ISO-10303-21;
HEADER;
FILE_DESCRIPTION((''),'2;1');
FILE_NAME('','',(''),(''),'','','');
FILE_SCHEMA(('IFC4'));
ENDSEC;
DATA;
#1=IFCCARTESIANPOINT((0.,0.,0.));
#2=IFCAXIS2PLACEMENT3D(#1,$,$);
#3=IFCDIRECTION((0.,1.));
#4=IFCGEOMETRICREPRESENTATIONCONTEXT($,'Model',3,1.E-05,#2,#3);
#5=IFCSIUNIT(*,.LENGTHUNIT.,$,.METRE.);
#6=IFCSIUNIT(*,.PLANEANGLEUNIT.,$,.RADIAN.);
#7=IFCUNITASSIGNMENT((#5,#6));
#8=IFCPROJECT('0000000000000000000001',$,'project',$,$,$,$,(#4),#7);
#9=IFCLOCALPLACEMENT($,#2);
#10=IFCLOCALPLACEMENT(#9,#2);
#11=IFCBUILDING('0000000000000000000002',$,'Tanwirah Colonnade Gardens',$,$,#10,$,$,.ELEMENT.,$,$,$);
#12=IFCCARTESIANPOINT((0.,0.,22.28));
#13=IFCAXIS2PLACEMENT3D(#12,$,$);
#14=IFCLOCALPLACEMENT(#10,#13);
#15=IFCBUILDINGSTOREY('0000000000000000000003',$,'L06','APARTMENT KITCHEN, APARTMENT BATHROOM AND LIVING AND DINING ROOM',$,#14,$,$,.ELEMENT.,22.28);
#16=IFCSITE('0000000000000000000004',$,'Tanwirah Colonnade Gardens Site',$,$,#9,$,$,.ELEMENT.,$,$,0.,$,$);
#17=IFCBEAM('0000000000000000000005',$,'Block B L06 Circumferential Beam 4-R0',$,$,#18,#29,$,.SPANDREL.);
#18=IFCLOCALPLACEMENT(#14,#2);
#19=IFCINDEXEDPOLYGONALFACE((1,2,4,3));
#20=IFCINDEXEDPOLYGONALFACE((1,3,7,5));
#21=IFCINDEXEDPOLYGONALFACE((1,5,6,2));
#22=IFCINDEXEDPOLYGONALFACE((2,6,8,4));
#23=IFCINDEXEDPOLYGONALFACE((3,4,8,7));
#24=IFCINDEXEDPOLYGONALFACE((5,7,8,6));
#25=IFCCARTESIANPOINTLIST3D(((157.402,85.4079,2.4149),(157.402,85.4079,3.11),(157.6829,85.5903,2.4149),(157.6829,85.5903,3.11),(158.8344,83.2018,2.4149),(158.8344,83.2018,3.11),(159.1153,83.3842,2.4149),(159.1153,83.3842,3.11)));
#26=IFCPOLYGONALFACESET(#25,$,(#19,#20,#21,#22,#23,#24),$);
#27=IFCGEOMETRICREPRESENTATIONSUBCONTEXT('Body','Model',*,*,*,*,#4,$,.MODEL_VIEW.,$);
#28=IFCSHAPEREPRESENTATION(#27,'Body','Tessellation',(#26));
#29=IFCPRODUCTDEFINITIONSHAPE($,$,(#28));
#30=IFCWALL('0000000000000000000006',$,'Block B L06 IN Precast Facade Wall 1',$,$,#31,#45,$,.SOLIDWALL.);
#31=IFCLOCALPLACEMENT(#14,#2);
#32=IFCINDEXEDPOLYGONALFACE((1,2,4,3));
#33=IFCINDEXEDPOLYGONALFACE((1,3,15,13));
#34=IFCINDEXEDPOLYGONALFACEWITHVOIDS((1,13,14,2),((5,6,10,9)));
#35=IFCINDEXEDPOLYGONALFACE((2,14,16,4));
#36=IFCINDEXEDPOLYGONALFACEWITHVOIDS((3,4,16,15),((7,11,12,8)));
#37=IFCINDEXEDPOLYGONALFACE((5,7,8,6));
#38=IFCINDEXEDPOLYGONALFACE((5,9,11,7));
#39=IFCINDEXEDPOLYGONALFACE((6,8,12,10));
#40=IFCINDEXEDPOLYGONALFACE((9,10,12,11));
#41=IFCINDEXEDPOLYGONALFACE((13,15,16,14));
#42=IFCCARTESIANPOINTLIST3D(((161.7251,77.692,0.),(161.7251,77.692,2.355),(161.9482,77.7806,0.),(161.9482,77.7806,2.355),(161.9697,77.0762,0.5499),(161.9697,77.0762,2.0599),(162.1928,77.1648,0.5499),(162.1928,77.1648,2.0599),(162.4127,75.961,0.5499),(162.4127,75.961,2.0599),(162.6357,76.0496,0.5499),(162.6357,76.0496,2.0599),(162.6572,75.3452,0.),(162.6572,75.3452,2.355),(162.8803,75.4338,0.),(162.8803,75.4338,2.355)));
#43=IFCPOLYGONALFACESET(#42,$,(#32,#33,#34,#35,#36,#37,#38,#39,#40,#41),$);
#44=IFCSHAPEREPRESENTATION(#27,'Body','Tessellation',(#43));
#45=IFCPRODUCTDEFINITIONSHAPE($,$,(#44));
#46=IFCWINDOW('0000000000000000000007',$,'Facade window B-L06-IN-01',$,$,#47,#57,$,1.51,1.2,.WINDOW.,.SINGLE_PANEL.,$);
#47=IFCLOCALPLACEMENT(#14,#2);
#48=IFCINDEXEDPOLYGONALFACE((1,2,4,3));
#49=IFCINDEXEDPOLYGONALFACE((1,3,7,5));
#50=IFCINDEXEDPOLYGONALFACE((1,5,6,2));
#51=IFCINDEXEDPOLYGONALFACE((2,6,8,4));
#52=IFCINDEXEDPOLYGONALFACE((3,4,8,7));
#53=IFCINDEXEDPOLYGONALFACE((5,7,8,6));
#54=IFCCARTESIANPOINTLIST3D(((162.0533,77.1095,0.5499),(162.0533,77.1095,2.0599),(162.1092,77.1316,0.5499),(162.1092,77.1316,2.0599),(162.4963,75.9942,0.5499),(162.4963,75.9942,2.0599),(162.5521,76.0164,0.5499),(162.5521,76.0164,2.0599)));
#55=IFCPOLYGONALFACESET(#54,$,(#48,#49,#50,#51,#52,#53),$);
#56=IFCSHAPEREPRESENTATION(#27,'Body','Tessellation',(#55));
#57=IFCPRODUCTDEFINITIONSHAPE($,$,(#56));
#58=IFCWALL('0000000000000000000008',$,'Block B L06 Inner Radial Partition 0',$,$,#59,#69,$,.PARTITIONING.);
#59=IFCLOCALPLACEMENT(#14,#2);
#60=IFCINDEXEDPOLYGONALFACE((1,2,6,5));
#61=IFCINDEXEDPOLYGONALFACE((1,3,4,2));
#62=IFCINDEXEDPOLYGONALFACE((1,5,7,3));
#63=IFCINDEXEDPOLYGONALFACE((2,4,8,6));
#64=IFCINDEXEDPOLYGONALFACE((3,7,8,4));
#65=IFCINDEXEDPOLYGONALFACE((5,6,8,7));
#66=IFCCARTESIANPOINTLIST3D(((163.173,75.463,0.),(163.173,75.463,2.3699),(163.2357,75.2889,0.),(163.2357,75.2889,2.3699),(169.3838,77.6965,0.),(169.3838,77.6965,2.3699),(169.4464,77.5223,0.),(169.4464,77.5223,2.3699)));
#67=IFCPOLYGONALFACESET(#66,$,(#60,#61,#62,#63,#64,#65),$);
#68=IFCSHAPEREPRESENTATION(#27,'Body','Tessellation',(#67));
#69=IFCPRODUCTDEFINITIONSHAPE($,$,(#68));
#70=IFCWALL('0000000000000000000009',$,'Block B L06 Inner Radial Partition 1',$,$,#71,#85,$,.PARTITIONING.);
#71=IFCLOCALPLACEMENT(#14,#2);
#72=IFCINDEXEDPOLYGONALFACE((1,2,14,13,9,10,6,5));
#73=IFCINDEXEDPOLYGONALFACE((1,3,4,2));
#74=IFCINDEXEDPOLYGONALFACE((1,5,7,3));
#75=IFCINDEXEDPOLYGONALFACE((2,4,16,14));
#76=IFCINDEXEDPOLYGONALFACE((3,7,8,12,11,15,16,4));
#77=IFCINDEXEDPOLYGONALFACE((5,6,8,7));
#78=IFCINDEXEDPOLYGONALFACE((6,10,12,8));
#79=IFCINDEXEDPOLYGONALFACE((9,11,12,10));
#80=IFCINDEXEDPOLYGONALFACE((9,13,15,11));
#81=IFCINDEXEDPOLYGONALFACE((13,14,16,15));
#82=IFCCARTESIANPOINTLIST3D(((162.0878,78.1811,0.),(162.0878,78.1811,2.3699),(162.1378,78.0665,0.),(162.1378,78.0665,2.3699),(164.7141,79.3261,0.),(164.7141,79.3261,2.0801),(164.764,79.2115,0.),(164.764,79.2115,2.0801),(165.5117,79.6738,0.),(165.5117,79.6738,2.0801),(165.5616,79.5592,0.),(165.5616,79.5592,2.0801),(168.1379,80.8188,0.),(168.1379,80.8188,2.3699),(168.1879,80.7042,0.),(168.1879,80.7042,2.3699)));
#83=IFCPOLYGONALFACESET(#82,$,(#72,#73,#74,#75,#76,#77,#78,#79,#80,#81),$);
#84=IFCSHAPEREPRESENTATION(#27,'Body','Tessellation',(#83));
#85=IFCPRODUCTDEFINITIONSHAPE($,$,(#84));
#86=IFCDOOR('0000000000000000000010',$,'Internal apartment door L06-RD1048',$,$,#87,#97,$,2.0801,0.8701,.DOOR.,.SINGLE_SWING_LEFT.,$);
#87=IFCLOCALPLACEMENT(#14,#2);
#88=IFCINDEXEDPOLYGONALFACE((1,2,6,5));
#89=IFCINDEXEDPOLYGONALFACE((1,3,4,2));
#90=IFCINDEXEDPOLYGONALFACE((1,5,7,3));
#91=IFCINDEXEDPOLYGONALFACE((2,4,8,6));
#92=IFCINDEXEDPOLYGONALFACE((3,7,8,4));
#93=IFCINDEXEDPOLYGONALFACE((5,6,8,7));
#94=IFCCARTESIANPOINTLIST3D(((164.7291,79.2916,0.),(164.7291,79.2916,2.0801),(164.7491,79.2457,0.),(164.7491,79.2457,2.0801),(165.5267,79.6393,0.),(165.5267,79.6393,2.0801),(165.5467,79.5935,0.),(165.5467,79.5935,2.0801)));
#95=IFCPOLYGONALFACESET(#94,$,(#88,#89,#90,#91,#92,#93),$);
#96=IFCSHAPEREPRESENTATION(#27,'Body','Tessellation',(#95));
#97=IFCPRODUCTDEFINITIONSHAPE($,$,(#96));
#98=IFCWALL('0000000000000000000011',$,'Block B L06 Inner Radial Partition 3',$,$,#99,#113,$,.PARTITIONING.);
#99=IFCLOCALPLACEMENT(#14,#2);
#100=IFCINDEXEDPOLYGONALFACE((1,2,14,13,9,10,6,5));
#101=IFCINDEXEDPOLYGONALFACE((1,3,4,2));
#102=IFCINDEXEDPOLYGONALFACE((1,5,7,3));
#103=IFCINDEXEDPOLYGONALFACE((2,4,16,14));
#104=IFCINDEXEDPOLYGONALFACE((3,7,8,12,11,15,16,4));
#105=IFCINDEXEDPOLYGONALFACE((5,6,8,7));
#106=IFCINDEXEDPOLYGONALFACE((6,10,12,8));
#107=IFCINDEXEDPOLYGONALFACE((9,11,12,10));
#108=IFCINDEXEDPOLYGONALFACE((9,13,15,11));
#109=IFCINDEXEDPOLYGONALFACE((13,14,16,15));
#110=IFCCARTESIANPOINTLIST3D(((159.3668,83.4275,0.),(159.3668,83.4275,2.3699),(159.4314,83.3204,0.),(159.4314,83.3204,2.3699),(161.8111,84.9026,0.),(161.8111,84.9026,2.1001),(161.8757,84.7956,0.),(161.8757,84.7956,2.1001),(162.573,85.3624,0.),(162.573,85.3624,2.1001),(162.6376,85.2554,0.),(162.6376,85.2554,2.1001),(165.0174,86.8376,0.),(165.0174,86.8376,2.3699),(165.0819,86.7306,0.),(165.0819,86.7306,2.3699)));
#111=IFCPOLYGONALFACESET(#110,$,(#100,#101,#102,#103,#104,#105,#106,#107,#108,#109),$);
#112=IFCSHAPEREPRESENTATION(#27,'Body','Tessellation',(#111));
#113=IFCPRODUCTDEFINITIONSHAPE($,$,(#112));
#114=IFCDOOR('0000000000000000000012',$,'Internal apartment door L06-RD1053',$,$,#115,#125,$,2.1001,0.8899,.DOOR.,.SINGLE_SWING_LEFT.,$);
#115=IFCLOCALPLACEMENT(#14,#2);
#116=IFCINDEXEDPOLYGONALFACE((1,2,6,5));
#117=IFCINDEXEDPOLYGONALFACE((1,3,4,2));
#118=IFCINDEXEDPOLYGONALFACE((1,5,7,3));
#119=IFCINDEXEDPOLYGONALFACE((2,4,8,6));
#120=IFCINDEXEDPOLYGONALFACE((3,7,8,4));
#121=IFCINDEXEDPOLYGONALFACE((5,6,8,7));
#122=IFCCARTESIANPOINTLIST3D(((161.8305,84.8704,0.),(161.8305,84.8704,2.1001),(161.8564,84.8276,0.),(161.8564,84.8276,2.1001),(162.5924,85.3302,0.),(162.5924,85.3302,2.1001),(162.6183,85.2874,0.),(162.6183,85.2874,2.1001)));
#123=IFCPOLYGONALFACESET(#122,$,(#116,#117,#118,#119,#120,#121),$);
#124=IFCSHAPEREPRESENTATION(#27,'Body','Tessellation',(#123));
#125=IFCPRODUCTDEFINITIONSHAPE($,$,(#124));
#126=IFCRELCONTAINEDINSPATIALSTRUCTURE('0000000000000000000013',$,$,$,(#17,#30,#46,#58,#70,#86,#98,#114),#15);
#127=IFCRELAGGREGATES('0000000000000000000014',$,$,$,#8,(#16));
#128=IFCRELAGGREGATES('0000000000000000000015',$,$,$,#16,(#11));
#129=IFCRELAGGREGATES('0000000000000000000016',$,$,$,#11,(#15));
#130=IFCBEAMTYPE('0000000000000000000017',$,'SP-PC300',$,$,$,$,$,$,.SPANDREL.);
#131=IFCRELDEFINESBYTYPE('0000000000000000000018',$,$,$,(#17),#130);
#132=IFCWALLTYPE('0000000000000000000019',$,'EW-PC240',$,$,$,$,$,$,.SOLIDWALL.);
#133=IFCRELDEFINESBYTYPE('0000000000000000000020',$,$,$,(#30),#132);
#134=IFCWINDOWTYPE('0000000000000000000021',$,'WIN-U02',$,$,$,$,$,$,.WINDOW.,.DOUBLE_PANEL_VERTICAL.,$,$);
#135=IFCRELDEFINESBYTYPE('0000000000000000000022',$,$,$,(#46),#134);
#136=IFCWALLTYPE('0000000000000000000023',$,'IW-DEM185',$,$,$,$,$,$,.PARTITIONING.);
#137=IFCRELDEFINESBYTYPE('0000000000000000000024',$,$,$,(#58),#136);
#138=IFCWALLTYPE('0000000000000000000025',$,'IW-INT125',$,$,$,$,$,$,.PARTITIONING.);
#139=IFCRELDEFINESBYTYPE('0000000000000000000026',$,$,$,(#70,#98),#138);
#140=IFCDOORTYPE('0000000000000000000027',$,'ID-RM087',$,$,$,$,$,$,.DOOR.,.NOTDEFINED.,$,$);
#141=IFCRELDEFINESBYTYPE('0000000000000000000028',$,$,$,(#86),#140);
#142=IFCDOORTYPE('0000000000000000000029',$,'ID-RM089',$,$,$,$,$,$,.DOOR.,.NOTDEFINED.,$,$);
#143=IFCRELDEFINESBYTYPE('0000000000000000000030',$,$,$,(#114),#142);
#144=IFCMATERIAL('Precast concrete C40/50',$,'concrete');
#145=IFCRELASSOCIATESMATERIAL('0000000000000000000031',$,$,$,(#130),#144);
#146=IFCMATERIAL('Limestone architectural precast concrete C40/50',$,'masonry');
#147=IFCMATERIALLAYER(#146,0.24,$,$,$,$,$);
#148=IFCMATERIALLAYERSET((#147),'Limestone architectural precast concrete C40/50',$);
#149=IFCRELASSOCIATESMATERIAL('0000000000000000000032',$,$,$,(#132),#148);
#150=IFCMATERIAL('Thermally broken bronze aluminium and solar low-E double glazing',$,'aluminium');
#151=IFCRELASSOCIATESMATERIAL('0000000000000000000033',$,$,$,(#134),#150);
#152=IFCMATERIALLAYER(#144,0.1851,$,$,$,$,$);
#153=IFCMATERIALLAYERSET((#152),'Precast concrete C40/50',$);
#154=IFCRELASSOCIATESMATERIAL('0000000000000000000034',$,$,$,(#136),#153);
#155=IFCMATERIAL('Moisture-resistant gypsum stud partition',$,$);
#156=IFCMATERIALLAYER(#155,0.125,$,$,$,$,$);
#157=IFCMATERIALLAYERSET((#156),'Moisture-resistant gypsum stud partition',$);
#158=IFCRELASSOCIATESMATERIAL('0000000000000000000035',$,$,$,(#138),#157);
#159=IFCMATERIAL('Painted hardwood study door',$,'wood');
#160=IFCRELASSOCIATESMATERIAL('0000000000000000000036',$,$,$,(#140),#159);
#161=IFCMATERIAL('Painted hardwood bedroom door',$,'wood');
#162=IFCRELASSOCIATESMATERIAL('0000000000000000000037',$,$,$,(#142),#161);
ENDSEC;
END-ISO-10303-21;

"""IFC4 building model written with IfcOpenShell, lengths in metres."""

from ifc_helpers import new_model, si_unit, direction, frame, frame_2d, origin, origin_2d, place, context, subcontext, project, spatial, rectangle, extrude, material, layer, layer_set, material_profile, profile_set, type_object, element, fill, save


model = new_model("IFC4")

# Units and contexts
model_context = context("Model", 3, precision=1e-05, world=origin(), true_north=direction((0.0, 1.0)))
body_context = subcontext(model_context, "Body", "Model", "MODEL_VIEW")
ifc_project = project(units=[si_unit("LENGTHUNIT", "METRE"), si_unit("PLANEANGLEUNIT", "RADIAN")], contexts=[model_context])

# Site, building, storey
site_placement = place(None, origin())
site = spatial("IfcSite", under=ifc_project, at=site_placement, Name="Tanwirah Colonnade Gardens Site", CompositionType="ELEMENT", RefElevation=0.0)
building_placement = place(site_placement, origin())
building = spatial("IfcBuilding", under=site, at=building_placement, Name="Tanwirah Colonnade Gardens", CompositionType="ELEMENT")
storey_placement = place(building_placement, frame((0.0, 0.0, 22.28)))
storey = spatial("IfcBuildingStorey", under=building, at=storey_placement, Name="L06", Description="APARTMENT KITCHEN, APARTMENT BATHROOM AND LIVING AND DINING ROOM", CompositionType="ELEMENT", Elevation=22.28)

# Shared definitions
ifc_material_1 = material(Name="Precast concrete C40/50", Category="concrete")

# Beam
ifc_material_profile_1 = material_profile(ifc_material_1, rectangle(XDim=0.335, YDim=0.6951, at=origin_2d()), Name="PC-SP 335x695")
ifc_profile_set_1 = profile_set([ifc_material_profile_1], Name="Precast concrete C40/50")
beam_type_1 = type_object("IfcBeamType", Name="SP-PC300", PredefinedType="SPANDREL", material=ifc_profile_set_1)
beam_1_placement = place(storey_placement, frame((158.9749, 83.293, 2.7625), z_axis=(-0.544571, 0.838715, 0.0), x_axis=(-0.838715, -0.544571, 0.0)))
element("IfcBeam", 1, at=beam_1_placement, inside=storey, type_object=beam_type_1, Name="Block B L06 Circumferential Beam 4-R0", PredefinedType="SPANDREL", context=body_context, shape_type="SweptSolid", body=[
    extrude(rectangle(XDim=0.335, YDim=0.6951, at=origin_2d()), origin(), (0.0, 0.0, 1.0), 2.6304),
])

# Wall, opening, window
ifc_material_2 = material(Name="Limestone architectural precast concrete C40/50", Category="masonry")
ifc_layer_1 = layer(ifc_material_2, 0.24)
ifc_layer_set_1 = layer_set([ifc_layer_1], Name="Limestone architectural precast concrete C40/50")
wall_type_1 = type_object("IfcWallType", Name="EW-PC240", PredefinedType="SOLIDWALL", material=ifc_layer_set_1)
wall_1_placement = place(storey_placement, frame((162.7688, 75.3894, 0.0), z_axis=(0.0, 0.0, 1.0), x_axis=(-0.369123, 0.929381, 0.0)))
wall_1 = element("IfcWall", 2, at=wall_1_placement, inside=storey, type_object=wall_type_1, Name="Block B L06 IN Precast Facade Wall 1", PredefinedType="SOLIDWALL", context=body_context, shape_type="SweptSolid", body=[
    extrude(rectangle(XDim=2.5251, YDim=0.24, at=frame_2d((1.2627, 0.0))), origin(), (0.0, 0.0, 1.0), 2.355),
])
opening_1_placement = place(wall_1_placement, frame((0.6626, 0.0, 0.55)))
opening_1 = element("IfcOpeningElement", 3, at=opening_1_placement, cuts=wall_1, PredefinedType="OPENING", context=body_context, shape_type="SweptSolid", body=[
    extrude(rectangle(XDim=1.2, YDim=1.51, at=frame_2d((0.6001, 0.7549))), frame((0.0, 0.1299, 0.0), z_axis=(0.0, -1.0, 0.0), x_axis=(1.0, 0.0, 0.0)), (0.0, 0.0, 1.0), 0.26),
])
ifc_material_3 = material(Name="Thermally broken bronze aluminium and solar low-E double glazing", Category="aluminium")
window_type = type_object("IfcWindowType", Name="WIN-U02", PartitioningType="DOUBLE_PANEL_VERTICAL", PredefinedType="WINDOW", material=ifc_material_3)
window_placement = place(opening_1_placement, origin())
window = element("IfcWindow", 4, at=window_placement, inside=storey, type_object=window_type, Name="Facade window B-L06-IN-01", OverallHeight=1.51, OverallWidth=1.2, PartitioningType="SINGLE_PANEL", PredefinedType="WINDOW", context=body_context, shape_type="SweptSolid", body=[
    extrude(rectangle(XDim=1.2, YDim=1.51, at=frame_2d((0.6001, 0.7549))), frame((0.0, 0.03, 0.0), z_axis=(0.0, -1.0, 0.0), x_axis=(1.0, 0.0, 0.0)), (0.0, 0.0, 1.0), 0.0601),
])
fill(opening_1, window)

# Wall
ifc_layer_2 = layer(ifc_material_1, 0.1851)
ifc_layer_set_2 = layer_set([ifc_layer_2], Name="Precast concrete C40/50")
wall_type_2 = type_object("IfcWallType", Name="IW-DEM185", PredefinedType="PARTITIONING", material=ifc_layer_set_2)
wall_2_placement = place(storey_placement, frame((163.2043, 75.376, 0.0), z_axis=(0.0, 0.0, 1.0), x_axis=(0.941006, 0.338391, 0.0)))
element("IfcWall", 5, at=wall_2_placement, inside=storey, type_object=wall_type_2, Name="Block B L06 Inner Radial Partition 0", PredefinedType="PARTITIONING", context=body_context, shape_type="SweptSolid", body=[
    extrude(rectangle(XDim=6.6001, YDim=0.1851, at=frame_2d((3.3, 0.0))), origin(), (0.0, 0.0, 1.0), 2.3699),
])

# Walls, openings, doors
ifc_material_4 = material(Name="Moisture-resistant gypsum stud partition")
ifc_layer_3 = layer(ifc_material_4, 0.125)
ifc_layer_set_3 = layer_set([ifc_layer_3], Name="Moisture-resistant gypsum stud partition")
wall_type_3 = type_object("IfcWallType", Name="IW-INT125", PredefinedType="PARTITIONING", material=ifc_layer_set_3)
wall_3_placement = place(storey_placement, frame((162.1128, 78.1238, 0.0), z_axis=(0.0, 0.0, 1.0), x_axis=(0.916669, 0.399648, 0.0)))
wall_3 = element("IfcWall", 6, at=wall_3_placement, inside=storey, type_object=wall_type_3, Name="Block B L06 Inner Radial Partition 1", PredefinedType="PARTITIONING", context=body_context, shape_type="SweptSolid", body=[
    extrude(rectangle(XDim=6.6001, YDim=0.125, at=frame_2d((3.3, 0.0))), origin(), (0.0, 0.0, 1.0), 2.3699),
])
opening_2_placement = place(wall_3_placement, frame((2.865, 0.0, 0.0)))
opening_2 = element("IfcOpeningElement", 7, at=opening_2_placement, cuts=wall_3, PredefinedType="OPENING", context=body_context, shape_type="SweptSolid", body=[
    extrude(rectangle(XDim=0.8701, YDim=2.0801, at=frame_2d((0.4351, 1.04))), frame((0.0, 0.0725, 0.0), z_axis=(0.0, -1.0, 0.0), x_axis=(1.0, 0.0, 0.0)), (0.0, 0.0, 1.0), 0.145),
])
ifc_material_5 = material(Name="Painted hardwood study door", Category="wood")
door_type_1 = type_object("IfcDoorType", Name="ID-RM087", OperationType="NOTDEFINED", PredefinedType="DOOR", material=ifc_material_5)
door_1_placement = place(opening_2_placement, origin())
door_1 = element("IfcDoor", 8, at=door_1_placement, inside=storey, type_object=door_type_1, Name="Internal apartment door L06-RD1048", OperationType="SINGLE_SWING_LEFT", OverallHeight=2.0801, OverallWidth=0.8701, PredefinedType="DOOR", context=body_context, shape_type="SweptSolid", body=[
    extrude(rectangle(XDim=0.8701, YDim=2.0801, at=frame_2d((0.4351, 1.04))), frame((0.0, 0.0249, 0.0), z_axis=(0.0, -1.0, 0.0), x_axis=(1.0, 0.0, 0.0)), (0.0, 0.0, 1.0), 0.05),
])
fill(opening_2, door_1)
wall_4_placement = place(storey_placement, frame((159.3992, 83.374, 0.0), z_axis=(0.0, 0.0, 1.0), x_axis=(0.856168, 0.516697, 0.0)))
wall_4 = element("IfcWall", 9, at=wall_4_placement, inside=storey, type_object=wall_type_3, Name="Block B L06 Inner Radial Partition 3", PredefinedType="PARTITIONING", context=body_context, shape_type="SweptSolid", body=[
    extrude(rectangle(XDim=6.5999, YDim=0.125, at=frame_2d((3.2998, 0.0))), origin(), (0.0, 0.0, 1.0), 2.3699),
])
opening_3_placement = place(wall_4_placement, frame((2.855, 0.0, 0.0)))
opening_3 = element("IfcOpeningElement", 10, at=opening_3_placement, cuts=wall_4, PredefinedType="OPENING", context=body_context, shape_type="SweptSolid", body=[
    extrude(rectangle(XDim=0.8899, YDim=2.1001, at=frame_2d((0.4448, 1.05))), frame((0.0, 0.0725, 0.0), z_axis=(0.0, -1.0, 0.0), x_axis=(1.0, 0.0, 0.0)), (0.0, 0.0, 1.0), 0.145),
])
ifc_material_6 = material(Name="Painted hardwood bedroom door", Category="wood")
door_type_2 = type_object("IfcDoorType", Name="ID-RM089", OperationType="NOTDEFINED", PredefinedType="DOOR", material=ifc_material_6)
door_2_placement = place(opening_3_placement, origin())
door_2 = element("IfcDoor", 11, at=door_2_placement, inside=storey, type_object=door_type_2, Name="Internal apartment door L06-RD1053", OperationType="SINGLE_SWING_LEFT", OverallHeight=2.1001, OverallWidth=0.8899, PredefinedType="DOOR", context=body_context, shape_type="SweptSolid", body=[
    extrude(rectangle(XDim=0.8899, YDim=2.1001, at=frame_2d((0.4448, 1.05))), frame((0.0, 0.0249, 0.0), z_axis=(0.0, -1.0, 0.0), x_axis=(1.0, 0.0, 0.0)), (0.0, 0.0, 1.0), 0.05),
])
fill(opening_3, door_2)

save(model, "model.ifc")
